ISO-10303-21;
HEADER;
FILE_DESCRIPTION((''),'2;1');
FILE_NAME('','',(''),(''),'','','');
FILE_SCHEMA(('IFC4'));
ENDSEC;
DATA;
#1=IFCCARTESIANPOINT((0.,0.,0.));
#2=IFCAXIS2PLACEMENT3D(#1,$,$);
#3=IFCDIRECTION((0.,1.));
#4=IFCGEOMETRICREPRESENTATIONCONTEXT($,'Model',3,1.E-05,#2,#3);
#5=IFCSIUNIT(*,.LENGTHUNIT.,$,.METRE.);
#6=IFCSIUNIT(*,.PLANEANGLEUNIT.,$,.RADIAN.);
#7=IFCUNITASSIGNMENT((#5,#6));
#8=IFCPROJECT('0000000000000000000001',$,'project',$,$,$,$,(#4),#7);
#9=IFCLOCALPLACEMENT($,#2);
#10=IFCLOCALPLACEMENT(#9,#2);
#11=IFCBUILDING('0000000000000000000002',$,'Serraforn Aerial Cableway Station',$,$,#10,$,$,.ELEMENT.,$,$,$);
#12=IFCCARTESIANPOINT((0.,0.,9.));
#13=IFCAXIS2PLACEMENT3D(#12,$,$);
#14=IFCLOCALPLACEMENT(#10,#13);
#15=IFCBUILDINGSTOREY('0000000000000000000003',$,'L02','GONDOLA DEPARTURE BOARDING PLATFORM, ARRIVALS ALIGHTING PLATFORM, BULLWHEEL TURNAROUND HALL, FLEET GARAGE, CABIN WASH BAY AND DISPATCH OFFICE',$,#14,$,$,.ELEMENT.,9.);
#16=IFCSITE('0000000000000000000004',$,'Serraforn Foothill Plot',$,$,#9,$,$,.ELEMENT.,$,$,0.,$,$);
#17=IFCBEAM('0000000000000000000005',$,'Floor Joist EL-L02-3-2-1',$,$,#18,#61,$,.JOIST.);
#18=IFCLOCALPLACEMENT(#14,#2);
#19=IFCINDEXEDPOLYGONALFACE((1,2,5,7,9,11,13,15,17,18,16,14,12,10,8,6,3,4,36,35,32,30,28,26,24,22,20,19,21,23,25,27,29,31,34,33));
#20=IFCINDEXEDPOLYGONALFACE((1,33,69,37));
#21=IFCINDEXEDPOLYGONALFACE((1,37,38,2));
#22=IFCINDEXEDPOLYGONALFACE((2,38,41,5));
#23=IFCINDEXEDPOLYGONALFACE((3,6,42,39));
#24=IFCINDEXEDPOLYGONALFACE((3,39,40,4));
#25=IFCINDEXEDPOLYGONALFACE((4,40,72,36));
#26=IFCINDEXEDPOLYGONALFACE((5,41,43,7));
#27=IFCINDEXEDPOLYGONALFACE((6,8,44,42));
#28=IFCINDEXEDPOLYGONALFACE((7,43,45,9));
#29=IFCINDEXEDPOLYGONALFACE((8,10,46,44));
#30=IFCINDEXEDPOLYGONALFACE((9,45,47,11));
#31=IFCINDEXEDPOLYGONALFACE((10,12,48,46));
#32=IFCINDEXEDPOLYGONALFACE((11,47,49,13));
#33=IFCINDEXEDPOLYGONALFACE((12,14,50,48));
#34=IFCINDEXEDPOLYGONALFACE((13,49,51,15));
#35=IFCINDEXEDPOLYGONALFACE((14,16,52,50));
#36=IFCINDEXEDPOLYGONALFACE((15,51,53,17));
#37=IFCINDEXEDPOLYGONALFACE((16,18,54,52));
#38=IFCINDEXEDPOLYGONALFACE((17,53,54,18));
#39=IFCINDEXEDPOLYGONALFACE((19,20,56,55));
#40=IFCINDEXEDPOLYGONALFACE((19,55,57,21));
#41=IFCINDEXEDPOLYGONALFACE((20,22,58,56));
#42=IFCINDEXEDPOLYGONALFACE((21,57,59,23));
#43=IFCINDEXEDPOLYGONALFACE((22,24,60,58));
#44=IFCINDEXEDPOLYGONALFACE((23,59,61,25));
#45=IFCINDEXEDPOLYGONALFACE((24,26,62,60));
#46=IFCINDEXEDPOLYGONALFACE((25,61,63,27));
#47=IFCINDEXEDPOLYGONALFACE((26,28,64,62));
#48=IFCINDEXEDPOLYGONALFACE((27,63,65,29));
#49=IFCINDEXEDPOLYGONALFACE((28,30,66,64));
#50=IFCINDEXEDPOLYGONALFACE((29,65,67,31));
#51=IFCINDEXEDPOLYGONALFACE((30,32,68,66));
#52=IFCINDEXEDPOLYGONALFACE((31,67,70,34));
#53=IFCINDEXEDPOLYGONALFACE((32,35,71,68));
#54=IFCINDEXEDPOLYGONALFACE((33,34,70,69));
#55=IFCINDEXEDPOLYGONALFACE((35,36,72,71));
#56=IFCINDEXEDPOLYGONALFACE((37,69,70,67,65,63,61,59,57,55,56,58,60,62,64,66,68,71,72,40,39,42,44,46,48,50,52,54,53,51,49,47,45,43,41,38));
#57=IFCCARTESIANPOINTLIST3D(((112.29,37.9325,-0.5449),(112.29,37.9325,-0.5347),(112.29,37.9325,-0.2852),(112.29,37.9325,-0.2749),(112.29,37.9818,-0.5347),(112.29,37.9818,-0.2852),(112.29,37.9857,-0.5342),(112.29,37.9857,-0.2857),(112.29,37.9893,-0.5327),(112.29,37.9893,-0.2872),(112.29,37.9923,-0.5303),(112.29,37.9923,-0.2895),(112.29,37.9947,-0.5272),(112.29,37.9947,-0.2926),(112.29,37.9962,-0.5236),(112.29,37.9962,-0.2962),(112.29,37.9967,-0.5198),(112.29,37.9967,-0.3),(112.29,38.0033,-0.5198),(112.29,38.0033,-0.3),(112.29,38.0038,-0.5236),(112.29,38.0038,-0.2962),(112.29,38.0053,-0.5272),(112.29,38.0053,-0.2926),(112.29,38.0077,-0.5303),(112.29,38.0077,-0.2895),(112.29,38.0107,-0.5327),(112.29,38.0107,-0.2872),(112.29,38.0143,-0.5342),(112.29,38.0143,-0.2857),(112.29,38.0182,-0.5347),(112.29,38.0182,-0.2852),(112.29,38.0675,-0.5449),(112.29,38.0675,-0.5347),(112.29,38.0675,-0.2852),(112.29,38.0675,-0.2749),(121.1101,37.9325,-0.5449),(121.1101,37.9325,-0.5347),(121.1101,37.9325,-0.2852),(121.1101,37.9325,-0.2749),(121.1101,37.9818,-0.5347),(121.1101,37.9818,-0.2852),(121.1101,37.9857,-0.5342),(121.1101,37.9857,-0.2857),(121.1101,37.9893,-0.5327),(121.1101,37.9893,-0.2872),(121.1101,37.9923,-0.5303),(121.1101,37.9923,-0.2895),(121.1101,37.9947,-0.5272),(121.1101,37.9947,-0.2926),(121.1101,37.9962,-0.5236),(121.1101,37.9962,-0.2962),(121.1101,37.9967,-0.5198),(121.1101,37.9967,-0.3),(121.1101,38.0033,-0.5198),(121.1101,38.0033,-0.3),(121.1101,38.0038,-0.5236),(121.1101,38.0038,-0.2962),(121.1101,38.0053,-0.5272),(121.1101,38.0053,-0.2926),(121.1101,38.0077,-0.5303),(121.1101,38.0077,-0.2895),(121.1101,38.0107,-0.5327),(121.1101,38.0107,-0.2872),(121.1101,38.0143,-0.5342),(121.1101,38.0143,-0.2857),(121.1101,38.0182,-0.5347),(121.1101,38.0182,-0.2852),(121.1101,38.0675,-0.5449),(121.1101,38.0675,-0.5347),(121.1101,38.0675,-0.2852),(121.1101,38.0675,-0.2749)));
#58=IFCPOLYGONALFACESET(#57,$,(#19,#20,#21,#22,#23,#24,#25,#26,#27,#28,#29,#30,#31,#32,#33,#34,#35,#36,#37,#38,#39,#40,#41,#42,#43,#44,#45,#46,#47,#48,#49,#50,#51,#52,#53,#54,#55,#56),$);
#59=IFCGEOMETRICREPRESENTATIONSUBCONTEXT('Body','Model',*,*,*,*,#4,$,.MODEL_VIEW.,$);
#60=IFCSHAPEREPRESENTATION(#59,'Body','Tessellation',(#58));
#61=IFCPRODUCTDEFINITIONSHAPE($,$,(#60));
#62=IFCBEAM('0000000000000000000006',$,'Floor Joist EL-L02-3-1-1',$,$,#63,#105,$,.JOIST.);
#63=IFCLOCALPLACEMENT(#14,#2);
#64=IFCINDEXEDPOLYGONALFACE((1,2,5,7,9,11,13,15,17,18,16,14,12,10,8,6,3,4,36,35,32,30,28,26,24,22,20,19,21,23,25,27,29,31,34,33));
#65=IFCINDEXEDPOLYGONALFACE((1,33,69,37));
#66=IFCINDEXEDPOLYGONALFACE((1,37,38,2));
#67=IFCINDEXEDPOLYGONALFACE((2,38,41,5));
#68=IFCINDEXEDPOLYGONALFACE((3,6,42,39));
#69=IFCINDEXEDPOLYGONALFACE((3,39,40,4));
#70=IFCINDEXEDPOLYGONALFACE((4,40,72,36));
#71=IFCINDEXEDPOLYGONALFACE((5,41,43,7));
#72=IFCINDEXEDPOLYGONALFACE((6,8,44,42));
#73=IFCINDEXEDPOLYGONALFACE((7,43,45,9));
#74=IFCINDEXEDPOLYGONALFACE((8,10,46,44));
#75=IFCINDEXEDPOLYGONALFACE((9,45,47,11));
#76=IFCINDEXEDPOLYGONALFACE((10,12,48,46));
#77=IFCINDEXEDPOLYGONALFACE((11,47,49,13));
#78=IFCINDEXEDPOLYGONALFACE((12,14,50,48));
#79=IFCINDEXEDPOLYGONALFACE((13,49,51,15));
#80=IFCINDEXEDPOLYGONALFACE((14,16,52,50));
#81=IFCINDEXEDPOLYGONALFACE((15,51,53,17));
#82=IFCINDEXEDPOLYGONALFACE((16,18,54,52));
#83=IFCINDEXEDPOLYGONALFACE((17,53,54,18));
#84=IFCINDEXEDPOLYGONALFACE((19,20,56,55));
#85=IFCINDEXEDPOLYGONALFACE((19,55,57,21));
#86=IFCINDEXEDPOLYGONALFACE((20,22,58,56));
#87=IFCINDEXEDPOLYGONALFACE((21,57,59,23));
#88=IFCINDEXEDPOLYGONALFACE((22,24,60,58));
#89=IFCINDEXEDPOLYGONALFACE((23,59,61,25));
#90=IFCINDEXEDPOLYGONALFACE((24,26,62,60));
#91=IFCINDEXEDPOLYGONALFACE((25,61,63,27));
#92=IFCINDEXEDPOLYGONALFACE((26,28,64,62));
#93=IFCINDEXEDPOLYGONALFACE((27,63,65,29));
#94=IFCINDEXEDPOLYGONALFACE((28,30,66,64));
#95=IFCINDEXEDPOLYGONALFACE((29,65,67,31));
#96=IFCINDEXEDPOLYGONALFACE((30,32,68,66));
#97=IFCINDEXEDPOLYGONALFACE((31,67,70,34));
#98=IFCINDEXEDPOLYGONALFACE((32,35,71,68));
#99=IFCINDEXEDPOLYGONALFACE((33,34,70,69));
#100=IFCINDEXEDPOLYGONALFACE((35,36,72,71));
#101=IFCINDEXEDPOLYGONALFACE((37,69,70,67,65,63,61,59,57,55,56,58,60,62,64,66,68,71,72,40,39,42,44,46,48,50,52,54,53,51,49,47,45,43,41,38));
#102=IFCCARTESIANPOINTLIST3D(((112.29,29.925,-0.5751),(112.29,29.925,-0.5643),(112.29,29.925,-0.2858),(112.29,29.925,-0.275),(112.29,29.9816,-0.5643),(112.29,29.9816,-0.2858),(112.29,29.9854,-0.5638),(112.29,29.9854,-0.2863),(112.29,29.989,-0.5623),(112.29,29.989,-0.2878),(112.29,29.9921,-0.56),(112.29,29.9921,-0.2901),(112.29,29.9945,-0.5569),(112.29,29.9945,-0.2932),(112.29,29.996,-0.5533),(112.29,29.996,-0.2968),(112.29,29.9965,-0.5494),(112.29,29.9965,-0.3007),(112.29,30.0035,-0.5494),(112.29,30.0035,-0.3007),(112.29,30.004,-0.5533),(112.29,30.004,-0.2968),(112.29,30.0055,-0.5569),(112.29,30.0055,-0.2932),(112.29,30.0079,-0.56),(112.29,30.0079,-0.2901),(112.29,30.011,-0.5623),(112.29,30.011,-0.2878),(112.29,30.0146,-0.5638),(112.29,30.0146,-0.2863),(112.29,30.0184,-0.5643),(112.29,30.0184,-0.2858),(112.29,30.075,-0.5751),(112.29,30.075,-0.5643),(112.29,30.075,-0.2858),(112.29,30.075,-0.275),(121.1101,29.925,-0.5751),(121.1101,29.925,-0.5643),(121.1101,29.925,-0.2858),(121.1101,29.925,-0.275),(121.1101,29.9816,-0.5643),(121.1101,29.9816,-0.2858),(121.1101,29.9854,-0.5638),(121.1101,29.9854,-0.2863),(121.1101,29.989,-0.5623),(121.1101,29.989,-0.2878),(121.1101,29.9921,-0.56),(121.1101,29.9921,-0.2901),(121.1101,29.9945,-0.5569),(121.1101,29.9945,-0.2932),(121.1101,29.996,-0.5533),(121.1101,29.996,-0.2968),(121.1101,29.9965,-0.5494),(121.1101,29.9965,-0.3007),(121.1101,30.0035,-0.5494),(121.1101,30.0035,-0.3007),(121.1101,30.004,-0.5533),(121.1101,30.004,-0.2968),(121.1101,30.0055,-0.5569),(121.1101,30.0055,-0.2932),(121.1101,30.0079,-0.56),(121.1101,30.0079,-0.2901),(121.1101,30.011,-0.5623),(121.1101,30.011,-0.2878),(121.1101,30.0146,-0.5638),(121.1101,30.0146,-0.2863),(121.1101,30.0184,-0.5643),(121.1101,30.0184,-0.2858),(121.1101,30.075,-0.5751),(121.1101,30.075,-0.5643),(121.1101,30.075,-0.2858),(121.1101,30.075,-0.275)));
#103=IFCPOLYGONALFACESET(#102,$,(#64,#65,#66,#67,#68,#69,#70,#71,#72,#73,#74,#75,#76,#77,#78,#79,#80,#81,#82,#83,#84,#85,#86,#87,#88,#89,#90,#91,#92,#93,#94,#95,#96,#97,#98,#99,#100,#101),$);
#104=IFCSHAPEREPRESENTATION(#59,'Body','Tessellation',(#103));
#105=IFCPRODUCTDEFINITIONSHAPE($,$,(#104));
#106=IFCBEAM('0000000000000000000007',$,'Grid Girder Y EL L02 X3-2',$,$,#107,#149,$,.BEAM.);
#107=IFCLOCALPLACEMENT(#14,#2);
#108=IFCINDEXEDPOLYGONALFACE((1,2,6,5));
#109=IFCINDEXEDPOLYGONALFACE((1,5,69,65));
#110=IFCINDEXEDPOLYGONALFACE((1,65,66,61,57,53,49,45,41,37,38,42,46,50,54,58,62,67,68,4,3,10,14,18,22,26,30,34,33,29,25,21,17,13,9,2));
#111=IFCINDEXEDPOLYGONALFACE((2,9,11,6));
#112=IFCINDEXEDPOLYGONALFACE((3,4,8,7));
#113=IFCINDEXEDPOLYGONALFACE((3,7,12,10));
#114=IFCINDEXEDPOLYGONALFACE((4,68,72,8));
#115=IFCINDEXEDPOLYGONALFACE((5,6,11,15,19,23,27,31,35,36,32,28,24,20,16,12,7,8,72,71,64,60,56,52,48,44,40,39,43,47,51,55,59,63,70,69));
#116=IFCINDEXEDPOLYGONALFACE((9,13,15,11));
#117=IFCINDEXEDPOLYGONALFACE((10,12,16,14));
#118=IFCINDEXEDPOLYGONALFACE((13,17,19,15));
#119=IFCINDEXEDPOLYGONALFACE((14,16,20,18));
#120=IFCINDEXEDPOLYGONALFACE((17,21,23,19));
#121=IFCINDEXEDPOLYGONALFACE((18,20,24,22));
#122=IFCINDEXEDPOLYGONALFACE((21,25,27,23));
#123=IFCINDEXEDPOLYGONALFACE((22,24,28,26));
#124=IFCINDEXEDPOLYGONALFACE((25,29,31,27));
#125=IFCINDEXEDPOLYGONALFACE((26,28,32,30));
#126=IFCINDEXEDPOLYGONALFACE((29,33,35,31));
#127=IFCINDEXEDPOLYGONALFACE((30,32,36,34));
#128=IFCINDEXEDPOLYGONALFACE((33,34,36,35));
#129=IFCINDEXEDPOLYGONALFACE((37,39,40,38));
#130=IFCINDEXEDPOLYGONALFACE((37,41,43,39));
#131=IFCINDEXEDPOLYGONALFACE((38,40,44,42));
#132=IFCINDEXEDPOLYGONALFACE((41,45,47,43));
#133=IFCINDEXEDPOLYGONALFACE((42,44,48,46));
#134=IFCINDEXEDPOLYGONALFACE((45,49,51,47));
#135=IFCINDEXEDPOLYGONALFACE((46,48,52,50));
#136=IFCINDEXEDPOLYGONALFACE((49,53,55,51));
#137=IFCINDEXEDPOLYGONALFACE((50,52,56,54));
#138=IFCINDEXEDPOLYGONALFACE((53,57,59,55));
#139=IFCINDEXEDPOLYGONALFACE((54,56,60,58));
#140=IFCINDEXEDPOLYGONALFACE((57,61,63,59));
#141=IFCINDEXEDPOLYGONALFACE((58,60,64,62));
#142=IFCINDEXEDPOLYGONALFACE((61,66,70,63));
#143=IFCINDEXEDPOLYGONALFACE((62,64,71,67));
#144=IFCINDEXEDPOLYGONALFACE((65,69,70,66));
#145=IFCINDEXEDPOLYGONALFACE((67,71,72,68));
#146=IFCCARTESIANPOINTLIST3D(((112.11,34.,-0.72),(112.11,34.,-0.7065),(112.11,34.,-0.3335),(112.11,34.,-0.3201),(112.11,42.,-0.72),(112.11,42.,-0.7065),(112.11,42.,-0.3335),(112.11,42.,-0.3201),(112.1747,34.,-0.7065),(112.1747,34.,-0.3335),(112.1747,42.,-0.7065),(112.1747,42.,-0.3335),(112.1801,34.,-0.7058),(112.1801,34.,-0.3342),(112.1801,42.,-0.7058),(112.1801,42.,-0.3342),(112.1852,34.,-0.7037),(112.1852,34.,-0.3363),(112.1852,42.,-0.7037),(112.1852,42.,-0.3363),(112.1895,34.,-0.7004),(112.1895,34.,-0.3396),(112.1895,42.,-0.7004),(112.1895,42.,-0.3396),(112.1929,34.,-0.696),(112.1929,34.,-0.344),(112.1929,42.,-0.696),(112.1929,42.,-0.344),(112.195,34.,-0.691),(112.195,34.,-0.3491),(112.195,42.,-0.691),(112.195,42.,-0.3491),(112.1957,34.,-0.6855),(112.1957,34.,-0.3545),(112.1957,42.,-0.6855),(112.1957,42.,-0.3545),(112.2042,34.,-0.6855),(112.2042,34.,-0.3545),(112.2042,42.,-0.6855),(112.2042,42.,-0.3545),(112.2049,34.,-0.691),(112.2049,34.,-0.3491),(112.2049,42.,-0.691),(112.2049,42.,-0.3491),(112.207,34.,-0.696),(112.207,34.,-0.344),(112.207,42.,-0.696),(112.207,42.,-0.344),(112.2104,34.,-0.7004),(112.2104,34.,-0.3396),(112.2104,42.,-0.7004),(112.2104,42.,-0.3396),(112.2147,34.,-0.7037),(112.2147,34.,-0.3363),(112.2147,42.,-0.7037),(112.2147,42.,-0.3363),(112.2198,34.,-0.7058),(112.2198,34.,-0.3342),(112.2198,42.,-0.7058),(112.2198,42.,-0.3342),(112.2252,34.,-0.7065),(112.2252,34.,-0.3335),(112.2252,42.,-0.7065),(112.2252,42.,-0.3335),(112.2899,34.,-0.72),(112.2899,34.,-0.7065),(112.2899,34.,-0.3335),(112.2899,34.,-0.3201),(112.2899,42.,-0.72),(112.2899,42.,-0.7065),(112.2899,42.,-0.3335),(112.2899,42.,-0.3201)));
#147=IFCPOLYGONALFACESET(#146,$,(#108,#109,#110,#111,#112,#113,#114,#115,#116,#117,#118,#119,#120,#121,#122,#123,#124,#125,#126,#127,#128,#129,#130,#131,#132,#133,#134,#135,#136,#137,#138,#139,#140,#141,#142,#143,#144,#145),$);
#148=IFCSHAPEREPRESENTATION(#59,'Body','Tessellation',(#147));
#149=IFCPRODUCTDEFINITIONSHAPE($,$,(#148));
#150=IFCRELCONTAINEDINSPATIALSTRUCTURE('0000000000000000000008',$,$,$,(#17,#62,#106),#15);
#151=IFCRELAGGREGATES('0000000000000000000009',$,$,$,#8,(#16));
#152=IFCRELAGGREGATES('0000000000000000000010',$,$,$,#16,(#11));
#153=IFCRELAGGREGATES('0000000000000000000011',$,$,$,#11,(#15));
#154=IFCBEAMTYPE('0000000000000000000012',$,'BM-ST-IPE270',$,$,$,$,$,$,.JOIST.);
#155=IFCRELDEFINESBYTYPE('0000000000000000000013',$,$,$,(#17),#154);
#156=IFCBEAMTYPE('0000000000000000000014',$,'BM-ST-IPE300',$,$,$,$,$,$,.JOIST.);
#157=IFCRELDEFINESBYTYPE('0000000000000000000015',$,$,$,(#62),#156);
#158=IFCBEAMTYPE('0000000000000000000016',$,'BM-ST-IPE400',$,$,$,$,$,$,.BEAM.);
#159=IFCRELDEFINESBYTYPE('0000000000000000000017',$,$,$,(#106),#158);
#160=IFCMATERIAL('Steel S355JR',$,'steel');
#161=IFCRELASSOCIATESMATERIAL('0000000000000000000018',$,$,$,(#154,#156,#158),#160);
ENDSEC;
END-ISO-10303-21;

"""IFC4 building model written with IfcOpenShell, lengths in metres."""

from ifc_helpers import new_model, si_unit, direction, frame, origin, origin_2d, place, context, subcontext, project, spatial, i_section, extrude, material, material_profile, profile_set, type_object, element, save


model = new_model("IFC4")

# Units and contexts
model_context = context("Model", 3, precision=1e-05, world=origin(), true_north=direction((0.0, 1.0)))
body_context = subcontext(model_context, "Body", "Model", "MODEL_VIEW")
ifc_project = project(units=[si_unit("LENGTHUNIT", "METRE"), si_unit("PLANEANGLEUNIT", "RADIAN")], contexts=[model_context])

# Site, building, storey
site_placement = place(None, origin())
site = spatial("IfcSite", under=ifc_project, at=site_placement, Name="Serraforn Foothill Plot", CompositionType="ELEMENT", RefElevation=0.0)
building_placement = place(site_placement, origin())
building = spatial("IfcBuilding", under=site, at=building_placement, Name="Serraforn Aerial Cableway Station", CompositionType="ELEMENT")
storey_placement = place(building_placement, frame((0.0, 0.0, 9.0)))
storey = spatial("IfcBuildingStorey", under=building, at=storey_placement, Name="L02", Description="GONDOLA DEPARTURE BOARDING PLATFORM, ARRIVALS ALIGHTING PLATFORM, BULLWHEEL TURNAROUND HALL, FLEET GARAGE, CABIN WASH BAY AND DISPATCH OFFICE", CompositionType="ELEMENT", Elevation=9.0)

# Beams
ifc_material_1 = material(Name="Steel S355JR", Category="steel")
ifc_material_profile_1 = material_profile(ifc_material_1, i_section(OverallWidth=0.135, OverallDepth=0.27, WebThickness=0.0066, FlangeThickness=0.0103, FilletRadius=0.0149, at=origin_2d()), Name="IPE 270")
ifc_profile_set_1 = profile_set([ifc_material_profile_1], Name="Steel S355JR")
beam_type_1 = type_object("IfcBeamType", Name="BM-ST-IPE270", PredefinedType="JOIST", material=ifc_profile_set_1)
beam_1_placement = place(storey_placement, frame((112.29, 38.0, -0.4099), z_axis=(1.0, 0.0, 0.0), x_axis=(0.0, 1.0, 0.0)))
element("IfcBeam", 1, at=beam_1_placement, inside=storey, type_object=beam_type_1, Name="Floor Joist EL-L02-3-2-1", PredefinedType="JOIST", context=body_context, shape_type="SweptSolid", body=[
    extrude(i_section(OverallWidth=0.135, OverallDepth=0.27, WebThickness=0.0066, FlangeThickness=0.0103, FilletRadius=0.0149, at=origin_2d()), origin(), (0.0, 0.0, 1.0), 8.8201),
])
ifc_material_profile_2 = material_profile(ifc_material_1, i_section(OverallWidth=0.1499, OverallDepth=0.3, WebThickness=0.0071, FlangeThickness=0.0107, FilletRadius=0.0149, at=origin_2d()), Name="IPE 300")
ifc_profile_set_2 = profile_set([ifc_material_profile_2], Name="Steel S355JR")
beam_type_2 = type_object("IfcBeamType", Name="BM-ST-IPE300", PredefinedType="JOIST", material=ifc_profile_set_2)
beam_2_placement = place(storey_placement, frame((112.29, 30.0, -0.425), z_axis=(1.0, 0.0, 0.0), x_axis=(0.0, 1.0, 0.0)))
element("IfcBeam", 2, at=beam_2_placement, inside=storey, type_object=beam_type_2, Name="Floor Joist EL-L02-3-1-1", PredefinedType="JOIST", context=body_context, shape_type="SweptSolid", body=[
    extrude(i_section(OverallWidth=0.1499, OverallDepth=0.3, WebThickness=0.0071, FlangeThickness=0.0107, FilletRadius=0.0149, at=origin_2d()), origin(), (0.0, 0.0, 1.0), 8.8201),
])
ifc_material_profile_3 = material_profile(ifc_material_1, i_section(OverallWidth=0.1799, OverallDepth=0.3999, WebThickness=0.0085, FlangeThickness=0.0134, FilletRadius=0.021, at=origin_2d()), Name="IPE 400")
ifc_profile_set_3 = profile_set([ifc_material_profile_3], Name="Steel S355JR")
beam_type_3 = type_object("IfcBeamType", Name="BM-ST-IPE400", PredefinedType="BEAM", material=ifc_profile_set_3)
beam_3_placement = place(storey_placement, frame((112.2, 34.0, -0.52), z_axis=(0.0, 1.0, 0.0), x_axis=(-1.0, 0.0, 0.0)))
element("IfcBeam", 3, at=beam_3_placement, inside=storey, type_object=beam_type_3, Name="Grid Girder Y EL L02 X3-2", PredefinedType="BEAM", context=body_context, shape_type="SweptSolid", body=[
    extrude(i_section(OverallWidth=0.1799, OverallDepth=0.3999, WebThickness=0.0085, FlangeThickness=0.0134, FilletRadius=0.021, at=origin_2d()), origin(), (0.0, 0.0, 1.0), 8.0),
])

save(model, "model.ifc")
